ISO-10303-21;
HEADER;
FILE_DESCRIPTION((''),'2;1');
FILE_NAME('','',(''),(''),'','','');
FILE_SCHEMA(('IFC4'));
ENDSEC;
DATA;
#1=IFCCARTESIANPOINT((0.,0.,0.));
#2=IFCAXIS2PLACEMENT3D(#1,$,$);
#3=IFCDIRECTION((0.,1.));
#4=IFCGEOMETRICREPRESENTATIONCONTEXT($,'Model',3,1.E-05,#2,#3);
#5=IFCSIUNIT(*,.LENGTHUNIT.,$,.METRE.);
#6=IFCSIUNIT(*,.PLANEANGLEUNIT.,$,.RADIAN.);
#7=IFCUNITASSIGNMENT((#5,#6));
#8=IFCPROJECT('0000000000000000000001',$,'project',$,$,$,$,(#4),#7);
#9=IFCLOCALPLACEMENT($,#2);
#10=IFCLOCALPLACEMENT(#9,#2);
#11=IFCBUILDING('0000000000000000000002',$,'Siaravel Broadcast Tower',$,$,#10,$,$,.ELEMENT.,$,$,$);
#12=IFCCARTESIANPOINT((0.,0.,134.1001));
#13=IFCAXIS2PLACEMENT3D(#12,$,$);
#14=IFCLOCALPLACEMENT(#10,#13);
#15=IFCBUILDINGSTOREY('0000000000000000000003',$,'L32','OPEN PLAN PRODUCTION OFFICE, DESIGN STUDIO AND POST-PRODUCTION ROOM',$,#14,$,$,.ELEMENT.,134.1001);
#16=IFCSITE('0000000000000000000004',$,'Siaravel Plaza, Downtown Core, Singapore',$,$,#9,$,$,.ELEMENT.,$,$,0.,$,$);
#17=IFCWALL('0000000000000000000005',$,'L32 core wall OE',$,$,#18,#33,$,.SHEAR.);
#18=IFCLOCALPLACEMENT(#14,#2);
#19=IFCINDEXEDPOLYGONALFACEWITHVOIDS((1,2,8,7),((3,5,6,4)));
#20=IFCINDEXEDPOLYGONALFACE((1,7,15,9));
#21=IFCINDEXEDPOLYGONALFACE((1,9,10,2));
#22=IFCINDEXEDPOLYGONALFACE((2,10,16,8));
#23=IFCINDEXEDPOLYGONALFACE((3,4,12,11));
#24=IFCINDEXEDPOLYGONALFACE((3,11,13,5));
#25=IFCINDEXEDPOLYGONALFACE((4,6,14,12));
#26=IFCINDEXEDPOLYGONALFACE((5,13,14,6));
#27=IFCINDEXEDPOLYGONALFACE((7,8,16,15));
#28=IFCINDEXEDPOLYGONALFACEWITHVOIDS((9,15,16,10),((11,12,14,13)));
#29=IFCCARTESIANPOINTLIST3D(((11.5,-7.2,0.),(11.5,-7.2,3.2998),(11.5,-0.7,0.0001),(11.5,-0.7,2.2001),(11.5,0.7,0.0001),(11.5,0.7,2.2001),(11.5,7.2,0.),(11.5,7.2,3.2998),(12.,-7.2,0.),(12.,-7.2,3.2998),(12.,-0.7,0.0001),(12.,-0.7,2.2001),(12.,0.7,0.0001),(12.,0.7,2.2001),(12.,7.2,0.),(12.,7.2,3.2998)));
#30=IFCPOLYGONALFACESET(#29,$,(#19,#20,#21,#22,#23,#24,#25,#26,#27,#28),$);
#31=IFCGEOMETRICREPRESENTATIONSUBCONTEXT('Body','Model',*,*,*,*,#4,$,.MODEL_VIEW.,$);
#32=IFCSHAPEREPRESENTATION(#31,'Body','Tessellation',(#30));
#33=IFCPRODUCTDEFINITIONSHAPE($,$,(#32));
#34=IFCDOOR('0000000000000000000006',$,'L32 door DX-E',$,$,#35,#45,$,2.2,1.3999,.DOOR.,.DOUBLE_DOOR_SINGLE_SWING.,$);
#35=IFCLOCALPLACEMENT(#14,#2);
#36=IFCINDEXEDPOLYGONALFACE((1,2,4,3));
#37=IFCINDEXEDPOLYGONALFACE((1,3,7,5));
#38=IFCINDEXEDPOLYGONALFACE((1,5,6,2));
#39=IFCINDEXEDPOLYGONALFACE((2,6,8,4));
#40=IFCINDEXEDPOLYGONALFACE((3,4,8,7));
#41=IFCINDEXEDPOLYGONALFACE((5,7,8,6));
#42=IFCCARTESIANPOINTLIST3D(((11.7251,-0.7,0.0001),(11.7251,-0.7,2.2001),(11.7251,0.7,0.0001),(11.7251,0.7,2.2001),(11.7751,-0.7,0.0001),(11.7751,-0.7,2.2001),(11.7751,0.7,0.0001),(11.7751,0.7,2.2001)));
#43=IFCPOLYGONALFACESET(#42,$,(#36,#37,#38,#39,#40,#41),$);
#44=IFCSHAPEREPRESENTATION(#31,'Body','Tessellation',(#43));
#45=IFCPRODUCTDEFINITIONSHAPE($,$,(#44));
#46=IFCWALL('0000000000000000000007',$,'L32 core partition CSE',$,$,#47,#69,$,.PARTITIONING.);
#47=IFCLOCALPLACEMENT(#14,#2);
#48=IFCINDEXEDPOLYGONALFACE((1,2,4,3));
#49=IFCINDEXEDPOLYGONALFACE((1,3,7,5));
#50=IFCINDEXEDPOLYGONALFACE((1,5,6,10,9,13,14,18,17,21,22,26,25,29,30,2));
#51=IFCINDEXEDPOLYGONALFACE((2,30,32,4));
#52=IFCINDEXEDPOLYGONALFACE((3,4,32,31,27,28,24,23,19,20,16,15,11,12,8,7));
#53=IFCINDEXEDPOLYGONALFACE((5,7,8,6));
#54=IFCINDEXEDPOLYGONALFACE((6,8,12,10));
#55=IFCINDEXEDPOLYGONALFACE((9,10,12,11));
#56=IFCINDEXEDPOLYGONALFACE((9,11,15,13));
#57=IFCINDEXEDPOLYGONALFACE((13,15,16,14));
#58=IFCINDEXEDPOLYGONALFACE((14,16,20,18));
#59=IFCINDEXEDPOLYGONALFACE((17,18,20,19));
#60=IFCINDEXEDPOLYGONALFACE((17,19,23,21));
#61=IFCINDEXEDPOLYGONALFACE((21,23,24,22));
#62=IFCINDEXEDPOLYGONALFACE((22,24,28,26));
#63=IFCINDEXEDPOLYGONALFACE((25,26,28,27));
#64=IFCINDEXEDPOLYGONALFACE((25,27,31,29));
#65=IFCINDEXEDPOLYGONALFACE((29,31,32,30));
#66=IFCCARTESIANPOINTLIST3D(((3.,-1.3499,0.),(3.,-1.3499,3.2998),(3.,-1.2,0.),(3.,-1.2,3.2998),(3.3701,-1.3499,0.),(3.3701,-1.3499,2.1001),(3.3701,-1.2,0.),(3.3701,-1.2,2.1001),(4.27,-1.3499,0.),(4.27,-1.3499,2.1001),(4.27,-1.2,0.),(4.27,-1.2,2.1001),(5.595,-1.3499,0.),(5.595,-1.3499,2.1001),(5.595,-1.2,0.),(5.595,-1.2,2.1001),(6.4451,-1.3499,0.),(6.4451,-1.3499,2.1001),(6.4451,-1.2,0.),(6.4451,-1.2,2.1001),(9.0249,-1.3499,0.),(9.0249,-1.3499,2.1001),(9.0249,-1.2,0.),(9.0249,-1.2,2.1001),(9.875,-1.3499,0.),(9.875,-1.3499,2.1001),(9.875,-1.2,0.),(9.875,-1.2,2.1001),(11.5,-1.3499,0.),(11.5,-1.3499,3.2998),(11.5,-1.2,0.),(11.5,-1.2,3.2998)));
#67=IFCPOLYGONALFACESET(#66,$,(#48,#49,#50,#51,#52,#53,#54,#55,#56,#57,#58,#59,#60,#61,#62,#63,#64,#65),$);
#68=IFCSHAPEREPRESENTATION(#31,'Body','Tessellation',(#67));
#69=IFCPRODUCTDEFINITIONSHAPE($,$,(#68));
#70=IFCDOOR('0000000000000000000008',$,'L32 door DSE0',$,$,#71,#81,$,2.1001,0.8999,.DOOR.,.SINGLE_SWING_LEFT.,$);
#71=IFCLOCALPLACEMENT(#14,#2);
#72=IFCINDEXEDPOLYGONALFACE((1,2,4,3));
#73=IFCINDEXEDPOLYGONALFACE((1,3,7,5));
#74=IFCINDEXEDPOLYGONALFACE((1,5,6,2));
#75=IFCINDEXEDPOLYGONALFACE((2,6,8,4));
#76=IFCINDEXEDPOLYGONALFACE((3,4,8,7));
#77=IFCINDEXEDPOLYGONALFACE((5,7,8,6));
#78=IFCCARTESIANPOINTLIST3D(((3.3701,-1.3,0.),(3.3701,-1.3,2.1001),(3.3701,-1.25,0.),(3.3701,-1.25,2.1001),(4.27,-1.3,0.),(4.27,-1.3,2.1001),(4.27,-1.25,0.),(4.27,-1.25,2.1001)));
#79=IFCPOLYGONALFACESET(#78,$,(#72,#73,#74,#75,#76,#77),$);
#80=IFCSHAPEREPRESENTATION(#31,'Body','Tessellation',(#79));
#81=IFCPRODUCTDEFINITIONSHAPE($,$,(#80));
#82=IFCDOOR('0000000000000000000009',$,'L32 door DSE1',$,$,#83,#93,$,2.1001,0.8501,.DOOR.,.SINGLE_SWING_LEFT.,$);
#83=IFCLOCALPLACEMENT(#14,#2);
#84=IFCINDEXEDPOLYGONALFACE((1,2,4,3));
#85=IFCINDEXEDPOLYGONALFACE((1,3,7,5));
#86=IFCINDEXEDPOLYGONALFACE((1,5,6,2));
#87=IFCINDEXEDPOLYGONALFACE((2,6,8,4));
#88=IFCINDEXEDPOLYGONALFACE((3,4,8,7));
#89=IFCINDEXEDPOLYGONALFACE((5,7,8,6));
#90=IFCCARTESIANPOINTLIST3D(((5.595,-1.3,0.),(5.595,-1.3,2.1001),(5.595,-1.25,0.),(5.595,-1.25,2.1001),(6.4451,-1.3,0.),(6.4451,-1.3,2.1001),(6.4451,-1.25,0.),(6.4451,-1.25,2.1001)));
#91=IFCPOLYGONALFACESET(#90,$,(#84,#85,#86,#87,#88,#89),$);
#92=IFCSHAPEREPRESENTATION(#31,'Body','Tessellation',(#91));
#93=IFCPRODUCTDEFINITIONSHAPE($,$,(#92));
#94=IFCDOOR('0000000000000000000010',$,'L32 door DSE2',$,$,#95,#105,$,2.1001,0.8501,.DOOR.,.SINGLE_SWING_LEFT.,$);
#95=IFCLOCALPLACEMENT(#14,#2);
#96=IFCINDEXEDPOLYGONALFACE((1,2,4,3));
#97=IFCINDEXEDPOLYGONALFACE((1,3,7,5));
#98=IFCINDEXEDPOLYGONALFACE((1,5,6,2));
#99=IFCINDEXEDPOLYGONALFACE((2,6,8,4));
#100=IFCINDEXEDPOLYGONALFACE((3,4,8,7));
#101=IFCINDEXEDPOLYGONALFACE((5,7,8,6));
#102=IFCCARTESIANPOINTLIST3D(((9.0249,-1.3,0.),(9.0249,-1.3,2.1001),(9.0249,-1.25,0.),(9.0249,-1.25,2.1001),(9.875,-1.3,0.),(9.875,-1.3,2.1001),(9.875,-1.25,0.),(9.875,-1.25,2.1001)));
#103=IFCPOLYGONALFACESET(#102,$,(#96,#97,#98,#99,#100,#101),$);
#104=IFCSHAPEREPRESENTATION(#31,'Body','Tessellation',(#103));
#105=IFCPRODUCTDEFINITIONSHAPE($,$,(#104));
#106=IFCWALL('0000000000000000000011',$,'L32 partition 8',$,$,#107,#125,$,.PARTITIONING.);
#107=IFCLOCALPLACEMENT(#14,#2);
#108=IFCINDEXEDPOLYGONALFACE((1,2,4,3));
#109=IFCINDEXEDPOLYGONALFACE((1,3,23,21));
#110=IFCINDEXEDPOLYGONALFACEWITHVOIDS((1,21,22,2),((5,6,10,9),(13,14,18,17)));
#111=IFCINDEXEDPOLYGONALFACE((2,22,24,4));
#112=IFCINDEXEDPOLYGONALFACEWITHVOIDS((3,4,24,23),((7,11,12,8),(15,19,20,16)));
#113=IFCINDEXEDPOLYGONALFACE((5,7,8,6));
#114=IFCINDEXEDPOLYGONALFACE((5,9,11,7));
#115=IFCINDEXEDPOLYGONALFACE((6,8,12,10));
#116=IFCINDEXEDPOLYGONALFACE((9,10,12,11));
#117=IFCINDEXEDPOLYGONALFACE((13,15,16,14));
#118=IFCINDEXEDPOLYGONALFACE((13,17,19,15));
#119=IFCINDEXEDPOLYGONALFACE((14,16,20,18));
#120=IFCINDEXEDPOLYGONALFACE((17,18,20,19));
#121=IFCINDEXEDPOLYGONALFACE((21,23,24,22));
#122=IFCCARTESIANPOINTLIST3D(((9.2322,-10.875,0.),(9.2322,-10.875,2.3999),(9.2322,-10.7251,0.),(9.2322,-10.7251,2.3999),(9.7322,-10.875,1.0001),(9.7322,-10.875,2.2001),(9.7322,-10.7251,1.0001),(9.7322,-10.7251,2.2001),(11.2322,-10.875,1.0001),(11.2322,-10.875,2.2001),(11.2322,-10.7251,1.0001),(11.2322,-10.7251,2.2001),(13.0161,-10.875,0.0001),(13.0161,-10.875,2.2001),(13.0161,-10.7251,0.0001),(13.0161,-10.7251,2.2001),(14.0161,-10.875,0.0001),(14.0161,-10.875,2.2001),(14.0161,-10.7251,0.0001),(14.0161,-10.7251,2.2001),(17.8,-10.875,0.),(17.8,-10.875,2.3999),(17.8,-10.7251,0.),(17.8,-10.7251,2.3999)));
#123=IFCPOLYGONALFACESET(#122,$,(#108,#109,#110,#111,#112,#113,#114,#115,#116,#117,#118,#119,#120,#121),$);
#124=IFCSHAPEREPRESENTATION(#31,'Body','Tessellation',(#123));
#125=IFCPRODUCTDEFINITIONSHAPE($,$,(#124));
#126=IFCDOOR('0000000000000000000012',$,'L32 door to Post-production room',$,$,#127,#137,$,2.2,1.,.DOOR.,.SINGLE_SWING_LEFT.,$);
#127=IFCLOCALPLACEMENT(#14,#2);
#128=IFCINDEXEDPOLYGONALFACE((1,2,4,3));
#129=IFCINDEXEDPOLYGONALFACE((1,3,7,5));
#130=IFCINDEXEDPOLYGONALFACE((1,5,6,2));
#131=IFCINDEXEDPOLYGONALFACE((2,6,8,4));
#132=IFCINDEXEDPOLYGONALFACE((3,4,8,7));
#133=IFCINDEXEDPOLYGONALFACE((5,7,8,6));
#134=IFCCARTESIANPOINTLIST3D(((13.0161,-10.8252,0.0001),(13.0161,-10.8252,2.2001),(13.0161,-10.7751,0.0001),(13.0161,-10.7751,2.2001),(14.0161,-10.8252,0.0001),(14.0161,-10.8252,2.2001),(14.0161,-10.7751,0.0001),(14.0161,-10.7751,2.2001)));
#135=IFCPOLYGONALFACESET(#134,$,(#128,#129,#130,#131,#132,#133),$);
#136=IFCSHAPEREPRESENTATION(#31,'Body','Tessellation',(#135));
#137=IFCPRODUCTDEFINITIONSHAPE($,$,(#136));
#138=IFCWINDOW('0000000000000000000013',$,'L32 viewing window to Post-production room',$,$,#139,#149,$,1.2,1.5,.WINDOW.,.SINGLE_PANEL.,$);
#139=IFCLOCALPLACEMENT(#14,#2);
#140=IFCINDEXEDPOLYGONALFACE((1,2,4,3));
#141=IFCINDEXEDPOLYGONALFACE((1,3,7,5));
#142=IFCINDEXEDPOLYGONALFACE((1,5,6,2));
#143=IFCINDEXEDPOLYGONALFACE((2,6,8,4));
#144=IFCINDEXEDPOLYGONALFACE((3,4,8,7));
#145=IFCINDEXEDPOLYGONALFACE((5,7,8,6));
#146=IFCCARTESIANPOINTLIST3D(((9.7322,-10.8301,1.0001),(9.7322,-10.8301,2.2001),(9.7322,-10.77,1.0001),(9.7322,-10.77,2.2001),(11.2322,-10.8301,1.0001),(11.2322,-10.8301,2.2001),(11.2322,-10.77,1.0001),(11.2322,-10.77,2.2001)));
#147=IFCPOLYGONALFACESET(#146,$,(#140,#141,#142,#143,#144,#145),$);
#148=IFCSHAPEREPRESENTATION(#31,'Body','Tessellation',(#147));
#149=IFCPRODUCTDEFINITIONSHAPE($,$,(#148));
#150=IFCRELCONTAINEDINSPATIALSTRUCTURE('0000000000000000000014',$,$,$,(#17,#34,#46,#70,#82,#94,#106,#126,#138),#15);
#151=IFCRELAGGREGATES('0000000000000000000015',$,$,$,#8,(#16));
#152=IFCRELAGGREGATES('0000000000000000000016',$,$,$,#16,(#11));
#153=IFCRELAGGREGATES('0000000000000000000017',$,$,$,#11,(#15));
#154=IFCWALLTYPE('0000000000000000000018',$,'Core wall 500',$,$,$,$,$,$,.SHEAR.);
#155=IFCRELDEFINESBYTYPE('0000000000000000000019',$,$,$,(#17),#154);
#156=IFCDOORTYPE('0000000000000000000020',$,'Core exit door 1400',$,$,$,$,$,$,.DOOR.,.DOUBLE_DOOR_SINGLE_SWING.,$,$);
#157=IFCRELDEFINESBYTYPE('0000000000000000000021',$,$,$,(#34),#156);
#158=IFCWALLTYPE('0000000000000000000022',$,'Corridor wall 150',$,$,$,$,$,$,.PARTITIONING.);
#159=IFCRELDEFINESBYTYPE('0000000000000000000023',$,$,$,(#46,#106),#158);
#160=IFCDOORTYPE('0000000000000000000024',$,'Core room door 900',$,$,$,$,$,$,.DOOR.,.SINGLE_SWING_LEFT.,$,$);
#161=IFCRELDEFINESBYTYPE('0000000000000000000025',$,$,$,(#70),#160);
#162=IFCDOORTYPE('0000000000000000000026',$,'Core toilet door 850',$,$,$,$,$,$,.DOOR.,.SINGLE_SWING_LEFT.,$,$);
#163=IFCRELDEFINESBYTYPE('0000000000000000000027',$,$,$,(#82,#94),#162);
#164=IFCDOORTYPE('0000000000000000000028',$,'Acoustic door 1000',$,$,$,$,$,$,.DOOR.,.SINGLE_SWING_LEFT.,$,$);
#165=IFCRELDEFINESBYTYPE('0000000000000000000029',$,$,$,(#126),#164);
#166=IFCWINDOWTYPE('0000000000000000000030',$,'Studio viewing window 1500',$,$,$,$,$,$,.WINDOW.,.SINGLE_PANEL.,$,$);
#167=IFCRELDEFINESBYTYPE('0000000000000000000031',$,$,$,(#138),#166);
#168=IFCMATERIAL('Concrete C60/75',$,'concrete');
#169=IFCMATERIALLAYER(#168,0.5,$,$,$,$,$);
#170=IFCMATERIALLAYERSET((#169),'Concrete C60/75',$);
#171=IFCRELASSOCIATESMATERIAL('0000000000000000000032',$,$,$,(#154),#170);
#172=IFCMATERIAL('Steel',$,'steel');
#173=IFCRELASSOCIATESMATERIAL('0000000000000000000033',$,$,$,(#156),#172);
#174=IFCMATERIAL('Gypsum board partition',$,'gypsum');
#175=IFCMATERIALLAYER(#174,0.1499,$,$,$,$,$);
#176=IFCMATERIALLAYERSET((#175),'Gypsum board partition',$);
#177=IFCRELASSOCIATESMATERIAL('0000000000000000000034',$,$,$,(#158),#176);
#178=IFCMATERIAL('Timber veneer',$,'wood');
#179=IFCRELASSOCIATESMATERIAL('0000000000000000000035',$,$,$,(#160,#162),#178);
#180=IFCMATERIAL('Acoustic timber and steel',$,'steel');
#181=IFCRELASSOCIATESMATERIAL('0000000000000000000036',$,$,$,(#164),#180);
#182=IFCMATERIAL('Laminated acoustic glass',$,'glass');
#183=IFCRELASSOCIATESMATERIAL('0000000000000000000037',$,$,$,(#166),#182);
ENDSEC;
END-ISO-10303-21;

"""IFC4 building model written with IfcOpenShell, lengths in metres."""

from ifc_helpers import new_model, si_unit, direction, frame, frame_2d, origin, place, context, subcontext, project, spatial, rectangle, extrude, material, layer, layer_set, type_object, element, fill, save


model = new_model("IFC4")

# Units and contexts
model_context = context("Model", 3, precision=1e-05, world=origin(), true_north=direction((0.0, 1.0)))
body_context = subcontext(model_context, "Body", "Model", "MODEL_VIEW")
ifc_project = project(units=[si_unit("LENGTHUNIT", "METRE"), si_unit("PLANEANGLEUNIT", "RADIAN")], contexts=[model_context])

# Site, building, storey
site_placement = place(None, origin())
site = spatial("IfcSite", under=ifc_project, at=site_placement, Name="Siaravel Plaza, Downtown Core, Singapore", CompositionType="ELEMENT", RefElevation=0.0)
building_placement = place(site_placement, origin())
building = spatial("IfcBuilding", under=site, at=building_placement, Name="Siaravel Broadcast Tower", CompositionType="ELEMENT")
storey_placement = place(building_placement, frame((0.0, 0.0, 134.1001)))
storey = spatial("IfcBuildingStorey", under=building, at=storey_placement, Name="L32", Description="OPEN PLAN PRODUCTION OFFICE, DESIGN STUDIO AND POST-PRODUCTION ROOM", CompositionType="ELEMENT", Elevation=134.1001)

# Wall, opening, door
ifc_material_1 = material(Name="Concrete C60/75", Category="concrete")
ifc_layer_1 = layer(ifc_material_1, 0.5)
ifc_layer_set_1 = layer_set([ifc_layer_1], Name="Concrete C60/75")
wall_type_1 = type_object("IfcWallType", Name="Core wall 500", PredefinedType="SHEAR", material=ifc_layer_set_1)
wall_1_placement = place(storey_placement, frame((11.75, -7.2, 0.0), z_axis=(0.0, 0.0, 1.0), x_axis=(0.0, 1.0, 0.0)))
wall_1 = element("IfcWall", 1, at=wall_1_placement, inside=storey, type_object=wall_type_1, Name="L32 core wall OE", PredefinedType="SHEAR", context=body_context, shape_type="SweptSolid", body=[
    extrude(rectangle(XDim=14.3999, YDim=0.5, at=frame_2d((7.2, 0.0))), origin(), (0.0, 0.0, 1.0), 3.2998),
])
opening_1_placement = place(wall_1_placement, frame((6.5, 0.0, 0.0)))
opening_1 = element("IfcOpeningElement", 2, at=opening_1_placement, cuts=wall_1, PredefinedType="OPENING", context=body_context, shape_type="SweptSolid", body=[
    extrude(rectangle(XDim=1.3999, YDim=2.2, at=frame_2d((0.7, 1.1001))), frame((0.0, 0.26, 0.0), z_axis=(0.0, -1.0, 0.0), x_axis=(1.0, 0.0, 0.0)), (0.0, 0.0, 1.0), 0.52),
])
ifc_material_2 = material(Name="Steel", Category="steel")
door_type_1 = type_object("IfcDoorType", Name="Core exit door 1400", OperationType="DOUBLE_DOOR_SINGLE_SWING", PredefinedType="DOOR", material=ifc_material_2)
door_1_placement = place(opening_1_placement, origin())
door_1 = element("IfcDoor", 3, at=door_1_placement, inside=storey, type_object=door_type_1, Name="L32 door DX-E", OperationType="DOUBLE_DOOR_SINGLE_SWING", OverallHeight=2.2, OverallWidth=1.3999, PredefinedType="DOOR", context=body_context, shape_type="SweptSolid", body=[
    extrude(rectangle(XDim=1.3999, YDim=2.2, at=frame_2d((0.7, 1.1001))), frame((0.0, 0.0249, 0.0), z_axis=(0.0, -1.0, 0.0), x_axis=(1.0, 0.0, 0.0)), (0.0, 0.0, 1.0), 0.05),
])
fill(opening_1, door_1)

# Wall, openings, doors
ifc_material_3 = material(Name="Gypsum board partition", Category="gypsum")
ifc_layer_2 = layer(ifc_material_3, 0.1499)
ifc_layer_set_2 = layer_set([ifc_layer_2], Name="Gypsum board partition")
wall_type_2 = type_object("IfcWallType", Name="Corridor wall 150", PredefinedType="PARTITIONING", material=ifc_layer_set_2)
wall_2_placement = place(storey_placement, frame((3.0, -1.2749, 0.0), z_axis=(0.0, 0.0, 1.0), x_axis=(1.0, 0.0, 0.0)))
wall_2 = element("IfcWall", 4, at=wall_2_placement, inside=storey, type_object=wall_type_2, Name="L32 core partition CSE", PredefinedType="PARTITIONING", context=body_context, shape_type="SweptSolid", body=[
    extrude(rectangle(XDim=8.5, YDim=0.1499, at=frame_2d((4.25, 0.0))), origin(), (0.0, 0.0, 1.0), 3.2998),
])
opening_2_placement = place(wall_2_placement, frame((0.3701, 0.0, 0.0)))
opening_2 = element("IfcOpeningElement", 5, at=opening_2_placement, cuts=wall_2, PredefinedType="OPENING", context=body_context, shape_type="SweptSolid", body=[
    extrude(rectangle(XDim=0.8999, YDim=2.1001, at=frame_2d((0.45, 1.05))), frame((0.0, 0.085, 0.0), z_axis=(0.0, -1.0, 0.0), x_axis=(1.0, 0.0, 0.0)), (0.0, 0.0, 1.0), 0.1699),
])
opening_3_placement = place(wall_2_placement, frame((2.595, 0.0, 0.0)))
opening_3 = element("IfcOpeningElement", 6, at=opening_3_placement, cuts=wall_2, PredefinedType="OPENING", context=body_context, shape_type="SweptSolid", body=[
    extrude(rectangle(XDim=0.8501, YDim=2.1001, at=frame_2d((0.425, 1.05))), frame((0.0, 0.085, 0.0), z_axis=(0.0, -1.0, 0.0), x_axis=(1.0, 0.0, 0.0)), (0.0, 0.0, 1.0), 0.1699),
])
opening_4_placement = place(wall_2_placement, frame((6.0249, 0.0, 0.0)))
opening_4 = element("IfcOpeningElement", 7, at=opening_4_placement, cuts=wall_2, PredefinedType="OPENING", context=body_context, shape_type="SweptSolid", body=[
    extrude(rectangle(XDim=0.8501, YDim=2.1001, at=frame_2d((0.425, 1.05))), frame((0.0, 0.085, 0.0), z_axis=(0.0, -1.0, 0.0), x_axis=(1.0, 0.0, 0.0)), (0.0, 0.0, 1.0), 0.1699),
])
ifc_material_4 = material(Name="Timber veneer", Category="wood")
door_type_2 = type_object("IfcDoorType", Name="Core room door 900", OperationType="SINGLE_SWING_LEFT", PredefinedType="DOOR", material=ifc_material_4)
door_2_placement = place(opening_2_placement, origin())
door_2 = element("IfcDoor", 8, at=door_2_placement, inside=storey, type_object=door_type_2, Name="L32 door DSE0", OperationType="SINGLE_SWING_LEFT", OverallHeight=2.1001, OverallWidth=0.8999, PredefinedType="DOOR", context=body_context, shape_type="SweptSolid", body=[
    extrude(rectangle(XDim=0.8999, YDim=2.1001, at=frame_2d((0.45, 1.05))), frame((0.0, 0.0249, 0.0), z_axis=(0.0, -1.0, 0.0), x_axis=(1.0, 0.0, 0.0)), (0.0, 0.0, 1.0), 0.05),
])
fill(opening_2, door_2)
door_type_3 = type_object("IfcDoorType", Name="Core toilet door 850", OperationType="SINGLE_SWING_LEFT", PredefinedType="DOOR", material=ifc_material_4)
door_3_placement = place(opening_3_placement, origin())
door_3 = element("IfcDoor", 9, at=door_3_placement, inside=storey, type_object=door_type_3, Name="L32 door DSE1", OperationType="SINGLE_SWING_LEFT", OverallHeight=2.1001, OverallWidth=0.8501, PredefinedType="DOOR", context=body_context, shape_type="SweptSolid", body=[
    extrude(rectangle(XDim=0.8501, YDim=2.1001, at=frame_2d((0.425, 1.05))), frame((0.0, 0.0249, 0.0), z_axis=(0.0, -1.0, 0.0), x_axis=(1.0, 0.0, 0.0)), (0.0, 0.0, 1.0), 0.05),
])
fill(opening_3, door_3)
door_4_placement = place(opening_4_placement, origin())
door_4 = element("IfcDoor", 10, at=door_4_placement, inside=storey, type_object=door_type_3, Name="L32 door DSE2", OperationType="SINGLE_SWING_LEFT", OverallHeight=2.1001, OverallWidth=0.8501, PredefinedType="DOOR", context=body_context, shape_type="SweptSolid", body=[
    extrude(rectangle(XDim=0.8501, YDim=2.1001, at=frame_2d((0.425, 1.05))), frame((0.0, 0.0249, 0.0), z_axis=(0.0, -1.0, 0.0), x_axis=(1.0, 0.0, 0.0)), (0.0, 0.0, 1.0), 0.05),
])
fill(opening_4, door_4)

# Wall, openings, door, window
wall_3_placement = place(storey_placement, frame((9.2322, -10.8, 0.0), z_axis=(0.0, 0.0, 1.0), x_axis=(1.0, 0.0, 0.0)))
wall_3 = element("IfcWall", 11, at=wall_3_placement, inside=storey, type_object=wall_type_2, Name="L32 partition 8", PredefinedType="PARTITIONING", context=body_context, shape_type="SweptSolid", body=[
    extrude(rectangle(XDim=8.5679, YDim=0.1499, at=frame_2d((4.2839, 0.0))), origin(), (0.0, 0.0, 1.0), 2.3999),
])
opening_5_placement = place(wall_3_placement, frame((3.7839, 0.0, 0.0)))
opening_5 = element("IfcOpeningElement", 12, at=opening_5_placement, cuts=wall_3, PredefinedType="OPENING", context=body_context, shape_type="SweptSolid", body=[
    extrude(rectangle(XDim=1.0, YDim=2.2, at=frame_2d((0.5, 1.1001))), frame((0.0, 0.085, 0.0), z_axis=(0.0, -1.0, 0.0), x_axis=(1.0, 0.0, 0.0)), (0.0, 0.0, 1.0), 0.1699),
])
opening_6_placement = place(wall_3_placement, frame((0.5, 0.0, 1.0)))
opening_6 = element("IfcOpeningElement", 13, at=opening_6_placement, cuts=wall_3, PredefinedType="OPENING", context=body_context, shape_type="SweptSolid", body=[
    extrude(rectangle(XDim=1.5, YDim=1.2, at=frame_2d((0.75, 0.6001))), frame((0.0, 0.085, 0.0), z_axis=(0.0, -1.0, 0.0), x_axis=(1.0, 0.0, 0.0)), (0.0, 0.0, 1.0), 0.1699),
])
ifc_material_5 = material(Name="Acoustic timber and steel", Category="steel")
door_type_4 = type_object("IfcDoorType", Name="Acoustic door 1000", OperationType="SINGLE_SWING_LEFT", PredefinedType="DOOR", material=ifc_material_5)
door_5_placement = place(opening_5_placement, origin())
door_5 = element("IfcDoor", 14, at=door_5_placement, inside=storey, type_object=door_type_4, Name="L32 door to Post-production room", OperationType="SINGLE_SWING_LEFT", OverallHeight=2.2, OverallWidth=1.0, PredefinedType="DOOR", context=body_context, shape_type="SweptSolid", body=[
    extrude(rectangle(XDim=1.0, YDim=2.2, at=frame_2d((0.5, 1.1001))), frame((0.0, 0.0249, 0.0), z_axis=(0.0, -1.0, 0.0), x_axis=(1.0, 0.0, 0.0)), (0.0, 0.0, 1.0), 0.05),
])
fill(opening_5, door_5)
ifc_material_6 = material(Name="Laminated acoustic glass", Category="glass")
window_type = type_object("IfcWindowType", Name="Studio viewing window 1500", PartitioningType="SINGLE_PANEL", PredefinedType="WINDOW", material=ifc_material_6)
window_placement = place(opening_6_placement, origin())
window = element("IfcWindow", 15, at=window_placement, inside=storey, type_object=window_type, Name="L32 viewing window to Post-production room", OverallHeight=1.2, OverallWidth=1.5, PartitioningType="SINGLE_PANEL", PredefinedType="WINDOW", context=body_context, shape_type="SweptSolid", body=[
    extrude(rectangle(XDim=1.5, YDim=1.2, at=frame_2d((0.75, 0.6001))), frame((0.0, 0.03, 0.0), z_axis=(0.0, -1.0, 0.0), x_axis=(1.0, 0.0, 0.0)), (0.0, 0.0, 1.0), 0.0601),
])
fill(opening_6, window)

save(model, "model.ifc")
